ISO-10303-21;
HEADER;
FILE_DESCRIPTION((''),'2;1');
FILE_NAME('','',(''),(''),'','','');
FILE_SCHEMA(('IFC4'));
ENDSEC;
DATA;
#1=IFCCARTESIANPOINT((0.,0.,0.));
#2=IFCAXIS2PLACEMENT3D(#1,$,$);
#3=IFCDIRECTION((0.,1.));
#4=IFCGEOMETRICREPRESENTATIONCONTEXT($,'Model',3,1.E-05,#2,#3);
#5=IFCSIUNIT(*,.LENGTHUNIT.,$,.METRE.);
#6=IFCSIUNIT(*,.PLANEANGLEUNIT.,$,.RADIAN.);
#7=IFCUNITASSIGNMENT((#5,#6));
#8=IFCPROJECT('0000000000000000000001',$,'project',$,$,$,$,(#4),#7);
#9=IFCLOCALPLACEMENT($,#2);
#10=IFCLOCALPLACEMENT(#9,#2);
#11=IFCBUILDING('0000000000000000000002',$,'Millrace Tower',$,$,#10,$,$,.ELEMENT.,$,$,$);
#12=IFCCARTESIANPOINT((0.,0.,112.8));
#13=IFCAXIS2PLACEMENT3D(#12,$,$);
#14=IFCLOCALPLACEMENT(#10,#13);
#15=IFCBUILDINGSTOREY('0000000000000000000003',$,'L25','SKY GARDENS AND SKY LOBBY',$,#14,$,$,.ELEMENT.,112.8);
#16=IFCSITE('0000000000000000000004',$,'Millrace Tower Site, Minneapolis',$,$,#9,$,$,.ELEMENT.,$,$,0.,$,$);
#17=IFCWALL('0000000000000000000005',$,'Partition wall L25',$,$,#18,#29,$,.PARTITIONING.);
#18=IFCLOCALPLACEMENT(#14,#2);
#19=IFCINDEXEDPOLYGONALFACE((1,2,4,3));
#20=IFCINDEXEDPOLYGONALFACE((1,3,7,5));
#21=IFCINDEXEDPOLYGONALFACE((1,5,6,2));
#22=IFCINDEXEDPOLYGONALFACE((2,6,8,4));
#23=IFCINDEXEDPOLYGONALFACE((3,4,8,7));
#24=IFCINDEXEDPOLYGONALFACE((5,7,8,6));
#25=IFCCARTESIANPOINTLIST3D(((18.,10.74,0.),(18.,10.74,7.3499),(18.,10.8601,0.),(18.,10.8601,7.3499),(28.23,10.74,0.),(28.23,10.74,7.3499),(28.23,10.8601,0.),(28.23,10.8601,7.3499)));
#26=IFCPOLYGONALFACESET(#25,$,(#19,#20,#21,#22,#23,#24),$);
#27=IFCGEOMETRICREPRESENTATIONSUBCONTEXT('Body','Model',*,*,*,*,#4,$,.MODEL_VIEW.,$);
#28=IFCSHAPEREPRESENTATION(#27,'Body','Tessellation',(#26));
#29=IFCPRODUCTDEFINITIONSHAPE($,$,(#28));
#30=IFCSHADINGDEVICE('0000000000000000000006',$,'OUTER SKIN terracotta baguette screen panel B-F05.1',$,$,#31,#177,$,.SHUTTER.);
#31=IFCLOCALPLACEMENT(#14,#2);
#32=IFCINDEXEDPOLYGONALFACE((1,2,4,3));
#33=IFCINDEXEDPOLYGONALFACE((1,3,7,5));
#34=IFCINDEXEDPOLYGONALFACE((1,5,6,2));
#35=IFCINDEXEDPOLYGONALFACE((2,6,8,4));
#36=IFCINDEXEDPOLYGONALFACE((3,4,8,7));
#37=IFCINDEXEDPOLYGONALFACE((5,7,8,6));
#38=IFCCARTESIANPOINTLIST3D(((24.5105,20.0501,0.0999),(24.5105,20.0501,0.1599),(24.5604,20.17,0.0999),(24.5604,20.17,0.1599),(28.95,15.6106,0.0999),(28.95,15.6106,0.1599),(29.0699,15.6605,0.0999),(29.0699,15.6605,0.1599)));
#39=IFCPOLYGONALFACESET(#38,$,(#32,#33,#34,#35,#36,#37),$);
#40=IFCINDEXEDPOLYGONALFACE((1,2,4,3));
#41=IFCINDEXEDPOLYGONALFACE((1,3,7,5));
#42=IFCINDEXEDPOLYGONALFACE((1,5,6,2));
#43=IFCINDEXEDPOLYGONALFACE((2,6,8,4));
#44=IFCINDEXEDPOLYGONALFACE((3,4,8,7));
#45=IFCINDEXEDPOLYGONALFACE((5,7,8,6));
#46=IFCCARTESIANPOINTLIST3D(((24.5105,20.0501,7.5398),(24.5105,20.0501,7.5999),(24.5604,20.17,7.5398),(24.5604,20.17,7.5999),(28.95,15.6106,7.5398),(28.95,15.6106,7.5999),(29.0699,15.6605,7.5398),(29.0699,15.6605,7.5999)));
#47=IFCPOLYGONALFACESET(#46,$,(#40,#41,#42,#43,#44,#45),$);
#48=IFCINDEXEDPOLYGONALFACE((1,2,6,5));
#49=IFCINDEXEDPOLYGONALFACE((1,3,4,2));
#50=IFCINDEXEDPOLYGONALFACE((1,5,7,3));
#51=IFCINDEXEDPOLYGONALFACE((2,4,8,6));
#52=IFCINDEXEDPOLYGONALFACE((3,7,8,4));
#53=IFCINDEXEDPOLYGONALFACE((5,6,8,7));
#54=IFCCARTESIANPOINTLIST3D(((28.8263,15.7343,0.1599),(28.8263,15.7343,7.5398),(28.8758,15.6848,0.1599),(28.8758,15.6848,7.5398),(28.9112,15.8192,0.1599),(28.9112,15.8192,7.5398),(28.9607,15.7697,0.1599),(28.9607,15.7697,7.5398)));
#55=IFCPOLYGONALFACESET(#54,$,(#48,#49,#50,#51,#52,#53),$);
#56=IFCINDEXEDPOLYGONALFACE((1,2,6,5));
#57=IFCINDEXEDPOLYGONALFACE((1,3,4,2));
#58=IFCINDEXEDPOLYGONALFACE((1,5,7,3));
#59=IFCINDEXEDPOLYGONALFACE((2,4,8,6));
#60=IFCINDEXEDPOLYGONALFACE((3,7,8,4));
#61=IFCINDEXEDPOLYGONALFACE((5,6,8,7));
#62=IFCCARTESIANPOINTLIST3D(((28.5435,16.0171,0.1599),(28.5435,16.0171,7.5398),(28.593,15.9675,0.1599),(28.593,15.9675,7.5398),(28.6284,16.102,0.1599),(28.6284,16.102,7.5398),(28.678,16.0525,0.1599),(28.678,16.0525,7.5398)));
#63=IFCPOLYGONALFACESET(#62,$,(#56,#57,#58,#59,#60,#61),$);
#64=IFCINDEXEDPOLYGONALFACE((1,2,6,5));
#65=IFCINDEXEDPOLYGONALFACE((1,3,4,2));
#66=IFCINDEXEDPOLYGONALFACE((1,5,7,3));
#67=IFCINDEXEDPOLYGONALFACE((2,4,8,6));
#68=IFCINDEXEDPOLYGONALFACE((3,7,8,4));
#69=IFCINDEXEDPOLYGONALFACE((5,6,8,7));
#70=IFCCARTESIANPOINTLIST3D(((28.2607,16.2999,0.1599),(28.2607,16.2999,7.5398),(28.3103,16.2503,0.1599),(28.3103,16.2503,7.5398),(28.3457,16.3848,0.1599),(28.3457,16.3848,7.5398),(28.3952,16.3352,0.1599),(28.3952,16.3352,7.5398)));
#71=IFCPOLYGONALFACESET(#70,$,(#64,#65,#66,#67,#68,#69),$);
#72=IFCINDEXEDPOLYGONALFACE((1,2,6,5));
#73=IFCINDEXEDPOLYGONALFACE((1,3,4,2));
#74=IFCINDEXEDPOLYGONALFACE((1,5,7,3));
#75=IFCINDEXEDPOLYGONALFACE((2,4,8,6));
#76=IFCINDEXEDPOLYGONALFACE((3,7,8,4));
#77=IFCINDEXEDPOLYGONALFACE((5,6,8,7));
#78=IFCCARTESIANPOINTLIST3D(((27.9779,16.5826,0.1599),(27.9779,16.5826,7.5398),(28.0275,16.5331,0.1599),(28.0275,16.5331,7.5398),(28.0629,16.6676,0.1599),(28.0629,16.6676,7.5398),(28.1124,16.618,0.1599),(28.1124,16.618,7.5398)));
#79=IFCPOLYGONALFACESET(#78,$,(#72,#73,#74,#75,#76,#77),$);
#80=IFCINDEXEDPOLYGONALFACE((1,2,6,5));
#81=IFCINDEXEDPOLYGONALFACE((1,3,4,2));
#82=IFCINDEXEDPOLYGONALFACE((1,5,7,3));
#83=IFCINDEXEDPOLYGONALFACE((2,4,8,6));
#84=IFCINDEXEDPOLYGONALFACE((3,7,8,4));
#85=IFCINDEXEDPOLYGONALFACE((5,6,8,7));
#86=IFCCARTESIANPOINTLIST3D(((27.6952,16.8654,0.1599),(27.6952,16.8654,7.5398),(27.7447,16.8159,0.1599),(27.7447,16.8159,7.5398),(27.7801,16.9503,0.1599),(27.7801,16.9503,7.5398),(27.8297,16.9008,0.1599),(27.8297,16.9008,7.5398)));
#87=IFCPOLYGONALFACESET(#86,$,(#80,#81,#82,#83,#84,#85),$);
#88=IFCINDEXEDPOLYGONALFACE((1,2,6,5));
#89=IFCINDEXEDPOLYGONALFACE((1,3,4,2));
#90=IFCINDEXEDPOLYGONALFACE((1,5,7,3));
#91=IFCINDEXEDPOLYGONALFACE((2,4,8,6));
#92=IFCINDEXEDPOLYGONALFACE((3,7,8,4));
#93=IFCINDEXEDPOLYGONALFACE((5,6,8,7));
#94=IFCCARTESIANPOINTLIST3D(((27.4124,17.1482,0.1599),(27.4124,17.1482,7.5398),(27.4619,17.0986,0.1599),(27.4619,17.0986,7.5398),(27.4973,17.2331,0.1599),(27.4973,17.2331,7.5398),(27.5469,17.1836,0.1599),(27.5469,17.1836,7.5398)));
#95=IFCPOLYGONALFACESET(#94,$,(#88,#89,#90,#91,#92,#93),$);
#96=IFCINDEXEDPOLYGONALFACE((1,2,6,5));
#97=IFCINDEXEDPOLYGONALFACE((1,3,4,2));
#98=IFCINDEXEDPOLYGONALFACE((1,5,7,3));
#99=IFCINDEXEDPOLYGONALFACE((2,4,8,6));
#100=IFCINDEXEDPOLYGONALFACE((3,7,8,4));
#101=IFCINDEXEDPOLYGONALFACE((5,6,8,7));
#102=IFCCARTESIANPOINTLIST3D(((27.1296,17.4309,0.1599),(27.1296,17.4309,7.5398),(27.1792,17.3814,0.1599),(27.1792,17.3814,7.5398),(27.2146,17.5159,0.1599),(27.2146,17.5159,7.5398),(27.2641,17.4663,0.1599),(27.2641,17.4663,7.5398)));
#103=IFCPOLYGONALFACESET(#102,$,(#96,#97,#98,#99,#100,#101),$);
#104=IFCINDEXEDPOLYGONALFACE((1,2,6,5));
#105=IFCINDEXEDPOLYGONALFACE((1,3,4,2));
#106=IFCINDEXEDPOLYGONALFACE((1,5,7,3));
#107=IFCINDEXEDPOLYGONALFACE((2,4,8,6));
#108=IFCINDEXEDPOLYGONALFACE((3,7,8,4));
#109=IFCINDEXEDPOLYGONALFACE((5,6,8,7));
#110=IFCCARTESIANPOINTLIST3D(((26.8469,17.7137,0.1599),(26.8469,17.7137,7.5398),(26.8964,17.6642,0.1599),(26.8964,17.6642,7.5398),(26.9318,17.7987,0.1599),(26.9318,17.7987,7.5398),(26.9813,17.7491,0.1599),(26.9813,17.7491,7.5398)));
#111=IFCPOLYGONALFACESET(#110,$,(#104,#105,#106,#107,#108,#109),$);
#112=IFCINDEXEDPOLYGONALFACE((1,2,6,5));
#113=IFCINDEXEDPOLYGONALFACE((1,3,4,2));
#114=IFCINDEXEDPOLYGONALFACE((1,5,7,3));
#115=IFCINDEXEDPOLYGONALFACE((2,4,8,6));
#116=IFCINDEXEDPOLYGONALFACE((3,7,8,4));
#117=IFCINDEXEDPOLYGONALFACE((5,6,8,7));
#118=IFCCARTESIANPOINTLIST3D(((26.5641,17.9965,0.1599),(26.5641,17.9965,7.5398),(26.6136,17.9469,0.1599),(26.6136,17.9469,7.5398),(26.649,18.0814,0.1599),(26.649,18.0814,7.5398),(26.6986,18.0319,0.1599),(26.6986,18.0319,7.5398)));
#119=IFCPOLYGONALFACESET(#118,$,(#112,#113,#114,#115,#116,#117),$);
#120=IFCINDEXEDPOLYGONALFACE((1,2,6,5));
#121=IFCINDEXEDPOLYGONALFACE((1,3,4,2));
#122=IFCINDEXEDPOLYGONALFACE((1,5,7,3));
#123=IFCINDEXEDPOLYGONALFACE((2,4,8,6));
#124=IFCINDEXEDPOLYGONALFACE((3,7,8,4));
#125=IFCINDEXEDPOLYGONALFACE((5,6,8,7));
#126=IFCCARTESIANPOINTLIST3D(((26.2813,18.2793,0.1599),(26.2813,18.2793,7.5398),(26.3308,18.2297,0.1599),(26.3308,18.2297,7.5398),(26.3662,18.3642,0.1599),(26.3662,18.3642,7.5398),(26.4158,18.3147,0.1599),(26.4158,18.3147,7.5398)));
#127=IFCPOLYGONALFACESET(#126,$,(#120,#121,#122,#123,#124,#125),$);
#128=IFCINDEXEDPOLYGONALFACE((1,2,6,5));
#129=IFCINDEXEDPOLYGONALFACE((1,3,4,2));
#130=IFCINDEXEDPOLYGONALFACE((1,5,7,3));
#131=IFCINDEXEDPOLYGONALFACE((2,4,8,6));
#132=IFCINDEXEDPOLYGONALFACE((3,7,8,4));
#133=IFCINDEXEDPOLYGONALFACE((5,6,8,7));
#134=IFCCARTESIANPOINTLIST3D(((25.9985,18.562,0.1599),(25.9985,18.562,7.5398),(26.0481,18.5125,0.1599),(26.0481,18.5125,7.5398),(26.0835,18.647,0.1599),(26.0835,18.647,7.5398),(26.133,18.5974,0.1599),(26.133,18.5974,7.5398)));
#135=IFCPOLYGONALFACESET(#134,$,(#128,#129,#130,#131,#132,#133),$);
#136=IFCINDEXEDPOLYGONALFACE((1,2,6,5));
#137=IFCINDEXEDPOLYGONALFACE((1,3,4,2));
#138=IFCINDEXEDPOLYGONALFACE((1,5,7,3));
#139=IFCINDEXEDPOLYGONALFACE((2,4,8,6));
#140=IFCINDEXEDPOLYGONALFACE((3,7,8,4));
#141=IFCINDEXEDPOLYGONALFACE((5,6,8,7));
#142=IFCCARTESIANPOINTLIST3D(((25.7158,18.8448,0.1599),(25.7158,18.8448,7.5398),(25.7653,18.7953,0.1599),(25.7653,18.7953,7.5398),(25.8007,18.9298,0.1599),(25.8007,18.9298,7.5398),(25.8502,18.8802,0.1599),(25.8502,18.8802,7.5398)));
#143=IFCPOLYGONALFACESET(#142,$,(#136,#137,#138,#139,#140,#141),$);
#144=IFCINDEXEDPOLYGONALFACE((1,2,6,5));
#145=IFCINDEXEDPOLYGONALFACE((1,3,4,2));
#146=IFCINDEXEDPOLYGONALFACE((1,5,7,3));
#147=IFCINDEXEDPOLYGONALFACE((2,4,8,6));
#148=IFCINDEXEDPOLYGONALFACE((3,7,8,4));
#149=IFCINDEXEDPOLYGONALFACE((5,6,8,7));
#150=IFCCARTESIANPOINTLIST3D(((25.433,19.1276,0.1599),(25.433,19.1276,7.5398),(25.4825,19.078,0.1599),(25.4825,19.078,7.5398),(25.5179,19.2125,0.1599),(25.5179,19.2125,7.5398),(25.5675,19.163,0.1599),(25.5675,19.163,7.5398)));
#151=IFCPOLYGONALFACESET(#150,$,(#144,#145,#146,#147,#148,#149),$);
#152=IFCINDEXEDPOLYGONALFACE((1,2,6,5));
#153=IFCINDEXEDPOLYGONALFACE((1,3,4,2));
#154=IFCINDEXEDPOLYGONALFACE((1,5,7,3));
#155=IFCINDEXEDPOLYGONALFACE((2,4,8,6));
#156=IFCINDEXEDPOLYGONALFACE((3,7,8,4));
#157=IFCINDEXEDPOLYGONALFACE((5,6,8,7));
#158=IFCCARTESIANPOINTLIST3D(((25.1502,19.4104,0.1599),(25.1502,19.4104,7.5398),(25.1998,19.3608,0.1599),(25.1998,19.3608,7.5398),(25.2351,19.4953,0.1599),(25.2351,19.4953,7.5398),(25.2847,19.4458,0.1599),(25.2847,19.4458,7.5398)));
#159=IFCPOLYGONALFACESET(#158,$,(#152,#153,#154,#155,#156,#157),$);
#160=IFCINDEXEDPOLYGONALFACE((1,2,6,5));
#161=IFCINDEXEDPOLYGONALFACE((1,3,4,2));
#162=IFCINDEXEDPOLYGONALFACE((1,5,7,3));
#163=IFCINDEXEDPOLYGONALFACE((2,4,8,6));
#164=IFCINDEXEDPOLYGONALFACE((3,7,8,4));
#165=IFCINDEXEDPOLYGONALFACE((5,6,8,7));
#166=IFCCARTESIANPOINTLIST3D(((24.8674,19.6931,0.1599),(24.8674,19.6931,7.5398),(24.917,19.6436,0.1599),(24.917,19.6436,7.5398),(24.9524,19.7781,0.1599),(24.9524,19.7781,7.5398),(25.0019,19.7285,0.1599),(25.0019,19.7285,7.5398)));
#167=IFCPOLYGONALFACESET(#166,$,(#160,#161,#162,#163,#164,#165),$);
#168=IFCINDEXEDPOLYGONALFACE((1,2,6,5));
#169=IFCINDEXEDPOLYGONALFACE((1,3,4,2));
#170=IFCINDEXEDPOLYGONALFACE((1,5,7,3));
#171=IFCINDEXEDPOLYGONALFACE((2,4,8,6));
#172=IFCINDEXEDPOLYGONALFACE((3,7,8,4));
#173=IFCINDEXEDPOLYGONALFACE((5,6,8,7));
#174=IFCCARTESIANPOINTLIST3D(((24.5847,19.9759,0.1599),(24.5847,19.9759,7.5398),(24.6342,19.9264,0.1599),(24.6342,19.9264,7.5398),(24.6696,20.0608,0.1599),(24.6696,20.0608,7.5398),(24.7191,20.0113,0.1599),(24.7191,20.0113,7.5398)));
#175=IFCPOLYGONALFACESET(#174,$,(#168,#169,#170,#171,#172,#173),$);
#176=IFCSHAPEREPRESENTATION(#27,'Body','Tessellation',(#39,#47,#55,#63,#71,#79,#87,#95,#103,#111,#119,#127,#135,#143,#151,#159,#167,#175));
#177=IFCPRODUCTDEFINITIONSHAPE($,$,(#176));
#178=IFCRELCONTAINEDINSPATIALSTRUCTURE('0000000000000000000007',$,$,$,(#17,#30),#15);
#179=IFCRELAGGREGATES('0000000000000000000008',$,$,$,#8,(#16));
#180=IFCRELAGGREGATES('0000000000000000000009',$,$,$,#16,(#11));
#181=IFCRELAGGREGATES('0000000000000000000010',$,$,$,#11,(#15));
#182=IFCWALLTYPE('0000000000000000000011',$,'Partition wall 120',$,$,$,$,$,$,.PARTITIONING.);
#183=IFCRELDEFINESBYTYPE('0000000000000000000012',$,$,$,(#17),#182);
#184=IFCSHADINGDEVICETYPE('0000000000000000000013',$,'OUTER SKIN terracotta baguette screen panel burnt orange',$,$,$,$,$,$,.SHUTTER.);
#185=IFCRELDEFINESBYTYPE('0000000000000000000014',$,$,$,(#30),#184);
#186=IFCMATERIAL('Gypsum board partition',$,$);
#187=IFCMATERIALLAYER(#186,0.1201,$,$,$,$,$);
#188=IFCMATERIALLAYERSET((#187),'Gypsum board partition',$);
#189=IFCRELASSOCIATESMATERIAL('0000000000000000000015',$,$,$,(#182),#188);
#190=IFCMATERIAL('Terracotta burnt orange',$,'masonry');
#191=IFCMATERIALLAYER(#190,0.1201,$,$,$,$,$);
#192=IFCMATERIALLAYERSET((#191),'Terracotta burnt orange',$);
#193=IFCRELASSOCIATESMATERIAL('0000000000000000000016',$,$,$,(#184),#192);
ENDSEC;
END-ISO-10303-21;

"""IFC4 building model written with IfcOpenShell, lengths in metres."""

from ifc_helpers import new_model, entity, si_unit, direction, frame, frame_2d, origin, place, context, subcontext, project, spatial, rectangle, extrude, source, transform, mapped, material, layer, layer_set, type_object, element, save


model = new_model("IFC4")

# Units and contexts
model_context = context("Model", 3, precision=1e-05, world=origin(), true_north=direction((0.0, 1.0)))
body_context = subcontext(model_context, "Body", "Model", "MODEL_VIEW")
ifc_project = project(units=[si_unit("LENGTHUNIT", "METRE"), si_unit("PLANEANGLEUNIT", "RADIAN")], contexts=[model_context])

# Site, building, storey
site_placement = place(None, origin())
site = spatial("IfcSite", under=ifc_project, at=site_placement, Name="Millrace Tower Site, Minneapolis", CompositionType="ELEMENT", RefElevation=0.0)
building_placement = place(site_placement, origin())
building = spatial("IfcBuilding", under=site, at=building_placement, Name="Millrace Tower", CompositionType="ELEMENT")
storey_placement = place(building_placement, frame((0.0, 0.0, 112.8)))
storey = spatial("IfcBuildingStorey", under=building, at=storey_placement, Name="L25", Description="SKY GARDENS AND SKY LOBBY", CompositionType="ELEMENT", Elevation=112.8)

# Wall
ifc_material_1 = material(Name="Gypsum board partition")
ifc_layer_1 = layer(ifc_material_1, 0.1201)
ifc_layer_set_1 = layer_set([ifc_layer_1], Name="Gypsum board partition")
wall_type = type_object("IfcWallType", Name="Partition wall 120", PredefinedType="PARTITIONING", material=ifc_layer_set_1)
wall_placement = place(storey_placement, frame((18.0, 10.8, 0.0), z_axis=(0.0, 0.0, 1.0), x_axis=(1.0, 0.0, 0.0)))
element("IfcWall", 1, at=wall_placement, inside=storey, type_object=wall_type, Name="Partition wall L25", PredefinedType="PARTITIONING", context=body_context, shape_type="SweptSolid", body=[
    extrude(rectangle(XDim=10.23, YDim=0.1201, at=frame_2d((5.115, 0.0))), origin(), (0.0, 0.0, 1.0), 7.3499),
])

# Shading device
ifc_material_2 = material(Name="Terracotta burnt orange", Category="masonry")
ifc_layer_2 = layer(ifc_material_2, 0.1201)
ifc_layer_set_2 = layer_set([ifc_layer_2], Name="Terracotta burnt orange")
shading_device_type = type_object("IfcShadingDeviceType", Name="OUTER SKIN terracotta baguette screen panel burnt orange", PredefinedType="SHUTTER", material=ifc_layer_set_2)
cartesian_point_1 = entity("IfcCartesianPoint", [-3.1392, 0.0601])
shared_polyline_1 = entity("IfcPolyline", [cartesian_point_1, entity("IfcCartesianPoint", [3.1392, 0.0601]), entity("IfcCartesianPoint", [3.1887, -0.0601]), entity("IfcCartesianPoint", [-3.1887, -0.0601]), cartesian_point_1])
shared_shape_1 = source(origin(), body_context, "Body", "SweptSolid", [
    entity("IfcExtrudedAreaSolid", entity("IfcArbitraryClosedProfileDef", "AREA", None, shared_polyline_1), entity("IfcAxis2Placement3D", entity("IfcCartesianPoint", [0.0, 0.0, 0.0])), entity("IfcDirection", [0.0, 0.0, 1.0]), 0.0601),
    entity("IfcExtrudedAreaSolid", entity("IfcArbitraryClosedProfileDef", "AREA", None, shared_polyline_1), entity("IfcAxis2Placement3D", entity("IfcCartesianPoint", [0.0, 0.0, 7.4399])), entity("IfcDirection", [0.0, 0.0, 1.0]), 0.0601),
    extrude(rectangle(XDim=0.0701, YDim=0.1201, at=frame_2d((-2.9993, 0.0))), frame((0.0, 0.0, 0.0601)), (0.0, 0.0, 1.0), 7.3799),
    extrude(rectangle(XDim=0.0701, YDim=0.1201, at=frame_2d((-2.5994, 0.0))), frame((0.0, 0.0, 0.0601)), (0.0, 0.0, 1.0), 7.3799),
    extrude(rectangle(XDim=0.0701, YDim=0.1201, at=frame_2d((-2.1995, 0.0))), frame((0.0, 0.0, 0.0601)), (0.0, 0.0, 1.0), 7.3799),
    extrude(rectangle(XDim=0.0701, YDim=0.1201, at=frame_2d((-1.7996, 0.0))), frame((0.0, 0.0, 0.0601)), (0.0, 0.0, 1.0), 7.3799),
    extrude(rectangle(XDim=0.0701, YDim=0.1201, at=frame_2d((-1.3997, 0.0))), frame((0.0, 0.0, 0.0601)), (0.0, 0.0, 1.0), 7.3799),
    extrude(rectangle(XDim=0.0701, YDim=0.1201, at=frame_2d((-0.9998, 0.0))), frame((0.0, 0.0, 0.0601)), (0.0, 0.0, 1.0), 7.3799),
    extrude(rectangle(XDim=0.0701, YDim=0.1201, at=frame_2d((-0.5999, 0.0))), frame((0.0, 0.0, 0.0601)), (0.0, 0.0, 1.0), 7.3799),
    extrude(rectangle(XDim=0.0701, YDim=0.1201, at=frame_2d((-0.2, 0.0))), frame((0.0, 0.0, 0.0601)), (0.0, 0.0, 1.0), 7.3799),
    extrude(rectangle(XDim=0.0701, YDim=0.1201, at=frame_2d((0.2, 0.0))), frame((0.0, 0.0, 0.0601)), (0.0, 0.0, 1.0), 7.3799),
    extrude(rectangle(XDim=0.0701, YDim=0.1201, at=frame_2d((0.5999, 0.0))), frame((0.0, 0.0, 0.0601)), (0.0, 0.0, 1.0), 7.3799),
    extrude(rectangle(XDim=0.0701, YDim=0.1201, at=frame_2d((0.9998, 0.0))), frame((0.0, 0.0, 0.0601)), (0.0, 0.0, 1.0), 7.3799),
    extrude(rectangle(XDim=0.0701, YDim=0.1201, at=frame_2d((1.3997, 0.0))), frame((0.0, 0.0, 0.0601)), (0.0, 0.0, 1.0), 7.3799),
    extrude(rectangle(XDim=0.0701, YDim=0.1201, at=frame_2d((1.7996, 0.0))), frame((0.0, 0.0, 0.0601)), (0.0, 0.0, 1.0), 7.3799),
    extrude(rectangle(XDim=0.0701, YDim=0.1201, at=frame_2d((2.1995, 0.0))), frame((0.0, 0.0, 0.0601)), (0.0, 0.0, 1.0), 7.3799),
    extrude(rectangle(XDim=0.0701, YDim=0.1201, at=frame_2d((2.5994, 0.0))), frame((0.0, 0.0, 0.0601)), (0.0, 0.0, 1.0), 7.3799),
    extrude(rectangle(XDim=0.0701, YDim=0.1201, at=frame_2d((2.9993, 0.0))), frame((0.0, 0.0, 0.0601)), (0.0, 0.0, 1.0), 7.3799),
])
shading_device_1_placement = place(storey_placement, frame((26.7727, 17.8728, 0.0999), z_axis=(0.0, 0.0, 1.0), x_axis=(-0.707107, 0.707107, 0.0)))
element("IfcShadingDevice", 2, at=shading_device_1_placement, inside=storey, type_object=shading_device_type, Name="OUTER SKIN terracotta baguette screen panel B-F05.1", PredefinedType="SHUTTER", context=body_context, shape_type="MappedRepresentation", body=[
    mapped(shared_shape_1, transform((0.0, 0.0, 0.0), scale=1.0)),
])

save(model, "model.ifc")
